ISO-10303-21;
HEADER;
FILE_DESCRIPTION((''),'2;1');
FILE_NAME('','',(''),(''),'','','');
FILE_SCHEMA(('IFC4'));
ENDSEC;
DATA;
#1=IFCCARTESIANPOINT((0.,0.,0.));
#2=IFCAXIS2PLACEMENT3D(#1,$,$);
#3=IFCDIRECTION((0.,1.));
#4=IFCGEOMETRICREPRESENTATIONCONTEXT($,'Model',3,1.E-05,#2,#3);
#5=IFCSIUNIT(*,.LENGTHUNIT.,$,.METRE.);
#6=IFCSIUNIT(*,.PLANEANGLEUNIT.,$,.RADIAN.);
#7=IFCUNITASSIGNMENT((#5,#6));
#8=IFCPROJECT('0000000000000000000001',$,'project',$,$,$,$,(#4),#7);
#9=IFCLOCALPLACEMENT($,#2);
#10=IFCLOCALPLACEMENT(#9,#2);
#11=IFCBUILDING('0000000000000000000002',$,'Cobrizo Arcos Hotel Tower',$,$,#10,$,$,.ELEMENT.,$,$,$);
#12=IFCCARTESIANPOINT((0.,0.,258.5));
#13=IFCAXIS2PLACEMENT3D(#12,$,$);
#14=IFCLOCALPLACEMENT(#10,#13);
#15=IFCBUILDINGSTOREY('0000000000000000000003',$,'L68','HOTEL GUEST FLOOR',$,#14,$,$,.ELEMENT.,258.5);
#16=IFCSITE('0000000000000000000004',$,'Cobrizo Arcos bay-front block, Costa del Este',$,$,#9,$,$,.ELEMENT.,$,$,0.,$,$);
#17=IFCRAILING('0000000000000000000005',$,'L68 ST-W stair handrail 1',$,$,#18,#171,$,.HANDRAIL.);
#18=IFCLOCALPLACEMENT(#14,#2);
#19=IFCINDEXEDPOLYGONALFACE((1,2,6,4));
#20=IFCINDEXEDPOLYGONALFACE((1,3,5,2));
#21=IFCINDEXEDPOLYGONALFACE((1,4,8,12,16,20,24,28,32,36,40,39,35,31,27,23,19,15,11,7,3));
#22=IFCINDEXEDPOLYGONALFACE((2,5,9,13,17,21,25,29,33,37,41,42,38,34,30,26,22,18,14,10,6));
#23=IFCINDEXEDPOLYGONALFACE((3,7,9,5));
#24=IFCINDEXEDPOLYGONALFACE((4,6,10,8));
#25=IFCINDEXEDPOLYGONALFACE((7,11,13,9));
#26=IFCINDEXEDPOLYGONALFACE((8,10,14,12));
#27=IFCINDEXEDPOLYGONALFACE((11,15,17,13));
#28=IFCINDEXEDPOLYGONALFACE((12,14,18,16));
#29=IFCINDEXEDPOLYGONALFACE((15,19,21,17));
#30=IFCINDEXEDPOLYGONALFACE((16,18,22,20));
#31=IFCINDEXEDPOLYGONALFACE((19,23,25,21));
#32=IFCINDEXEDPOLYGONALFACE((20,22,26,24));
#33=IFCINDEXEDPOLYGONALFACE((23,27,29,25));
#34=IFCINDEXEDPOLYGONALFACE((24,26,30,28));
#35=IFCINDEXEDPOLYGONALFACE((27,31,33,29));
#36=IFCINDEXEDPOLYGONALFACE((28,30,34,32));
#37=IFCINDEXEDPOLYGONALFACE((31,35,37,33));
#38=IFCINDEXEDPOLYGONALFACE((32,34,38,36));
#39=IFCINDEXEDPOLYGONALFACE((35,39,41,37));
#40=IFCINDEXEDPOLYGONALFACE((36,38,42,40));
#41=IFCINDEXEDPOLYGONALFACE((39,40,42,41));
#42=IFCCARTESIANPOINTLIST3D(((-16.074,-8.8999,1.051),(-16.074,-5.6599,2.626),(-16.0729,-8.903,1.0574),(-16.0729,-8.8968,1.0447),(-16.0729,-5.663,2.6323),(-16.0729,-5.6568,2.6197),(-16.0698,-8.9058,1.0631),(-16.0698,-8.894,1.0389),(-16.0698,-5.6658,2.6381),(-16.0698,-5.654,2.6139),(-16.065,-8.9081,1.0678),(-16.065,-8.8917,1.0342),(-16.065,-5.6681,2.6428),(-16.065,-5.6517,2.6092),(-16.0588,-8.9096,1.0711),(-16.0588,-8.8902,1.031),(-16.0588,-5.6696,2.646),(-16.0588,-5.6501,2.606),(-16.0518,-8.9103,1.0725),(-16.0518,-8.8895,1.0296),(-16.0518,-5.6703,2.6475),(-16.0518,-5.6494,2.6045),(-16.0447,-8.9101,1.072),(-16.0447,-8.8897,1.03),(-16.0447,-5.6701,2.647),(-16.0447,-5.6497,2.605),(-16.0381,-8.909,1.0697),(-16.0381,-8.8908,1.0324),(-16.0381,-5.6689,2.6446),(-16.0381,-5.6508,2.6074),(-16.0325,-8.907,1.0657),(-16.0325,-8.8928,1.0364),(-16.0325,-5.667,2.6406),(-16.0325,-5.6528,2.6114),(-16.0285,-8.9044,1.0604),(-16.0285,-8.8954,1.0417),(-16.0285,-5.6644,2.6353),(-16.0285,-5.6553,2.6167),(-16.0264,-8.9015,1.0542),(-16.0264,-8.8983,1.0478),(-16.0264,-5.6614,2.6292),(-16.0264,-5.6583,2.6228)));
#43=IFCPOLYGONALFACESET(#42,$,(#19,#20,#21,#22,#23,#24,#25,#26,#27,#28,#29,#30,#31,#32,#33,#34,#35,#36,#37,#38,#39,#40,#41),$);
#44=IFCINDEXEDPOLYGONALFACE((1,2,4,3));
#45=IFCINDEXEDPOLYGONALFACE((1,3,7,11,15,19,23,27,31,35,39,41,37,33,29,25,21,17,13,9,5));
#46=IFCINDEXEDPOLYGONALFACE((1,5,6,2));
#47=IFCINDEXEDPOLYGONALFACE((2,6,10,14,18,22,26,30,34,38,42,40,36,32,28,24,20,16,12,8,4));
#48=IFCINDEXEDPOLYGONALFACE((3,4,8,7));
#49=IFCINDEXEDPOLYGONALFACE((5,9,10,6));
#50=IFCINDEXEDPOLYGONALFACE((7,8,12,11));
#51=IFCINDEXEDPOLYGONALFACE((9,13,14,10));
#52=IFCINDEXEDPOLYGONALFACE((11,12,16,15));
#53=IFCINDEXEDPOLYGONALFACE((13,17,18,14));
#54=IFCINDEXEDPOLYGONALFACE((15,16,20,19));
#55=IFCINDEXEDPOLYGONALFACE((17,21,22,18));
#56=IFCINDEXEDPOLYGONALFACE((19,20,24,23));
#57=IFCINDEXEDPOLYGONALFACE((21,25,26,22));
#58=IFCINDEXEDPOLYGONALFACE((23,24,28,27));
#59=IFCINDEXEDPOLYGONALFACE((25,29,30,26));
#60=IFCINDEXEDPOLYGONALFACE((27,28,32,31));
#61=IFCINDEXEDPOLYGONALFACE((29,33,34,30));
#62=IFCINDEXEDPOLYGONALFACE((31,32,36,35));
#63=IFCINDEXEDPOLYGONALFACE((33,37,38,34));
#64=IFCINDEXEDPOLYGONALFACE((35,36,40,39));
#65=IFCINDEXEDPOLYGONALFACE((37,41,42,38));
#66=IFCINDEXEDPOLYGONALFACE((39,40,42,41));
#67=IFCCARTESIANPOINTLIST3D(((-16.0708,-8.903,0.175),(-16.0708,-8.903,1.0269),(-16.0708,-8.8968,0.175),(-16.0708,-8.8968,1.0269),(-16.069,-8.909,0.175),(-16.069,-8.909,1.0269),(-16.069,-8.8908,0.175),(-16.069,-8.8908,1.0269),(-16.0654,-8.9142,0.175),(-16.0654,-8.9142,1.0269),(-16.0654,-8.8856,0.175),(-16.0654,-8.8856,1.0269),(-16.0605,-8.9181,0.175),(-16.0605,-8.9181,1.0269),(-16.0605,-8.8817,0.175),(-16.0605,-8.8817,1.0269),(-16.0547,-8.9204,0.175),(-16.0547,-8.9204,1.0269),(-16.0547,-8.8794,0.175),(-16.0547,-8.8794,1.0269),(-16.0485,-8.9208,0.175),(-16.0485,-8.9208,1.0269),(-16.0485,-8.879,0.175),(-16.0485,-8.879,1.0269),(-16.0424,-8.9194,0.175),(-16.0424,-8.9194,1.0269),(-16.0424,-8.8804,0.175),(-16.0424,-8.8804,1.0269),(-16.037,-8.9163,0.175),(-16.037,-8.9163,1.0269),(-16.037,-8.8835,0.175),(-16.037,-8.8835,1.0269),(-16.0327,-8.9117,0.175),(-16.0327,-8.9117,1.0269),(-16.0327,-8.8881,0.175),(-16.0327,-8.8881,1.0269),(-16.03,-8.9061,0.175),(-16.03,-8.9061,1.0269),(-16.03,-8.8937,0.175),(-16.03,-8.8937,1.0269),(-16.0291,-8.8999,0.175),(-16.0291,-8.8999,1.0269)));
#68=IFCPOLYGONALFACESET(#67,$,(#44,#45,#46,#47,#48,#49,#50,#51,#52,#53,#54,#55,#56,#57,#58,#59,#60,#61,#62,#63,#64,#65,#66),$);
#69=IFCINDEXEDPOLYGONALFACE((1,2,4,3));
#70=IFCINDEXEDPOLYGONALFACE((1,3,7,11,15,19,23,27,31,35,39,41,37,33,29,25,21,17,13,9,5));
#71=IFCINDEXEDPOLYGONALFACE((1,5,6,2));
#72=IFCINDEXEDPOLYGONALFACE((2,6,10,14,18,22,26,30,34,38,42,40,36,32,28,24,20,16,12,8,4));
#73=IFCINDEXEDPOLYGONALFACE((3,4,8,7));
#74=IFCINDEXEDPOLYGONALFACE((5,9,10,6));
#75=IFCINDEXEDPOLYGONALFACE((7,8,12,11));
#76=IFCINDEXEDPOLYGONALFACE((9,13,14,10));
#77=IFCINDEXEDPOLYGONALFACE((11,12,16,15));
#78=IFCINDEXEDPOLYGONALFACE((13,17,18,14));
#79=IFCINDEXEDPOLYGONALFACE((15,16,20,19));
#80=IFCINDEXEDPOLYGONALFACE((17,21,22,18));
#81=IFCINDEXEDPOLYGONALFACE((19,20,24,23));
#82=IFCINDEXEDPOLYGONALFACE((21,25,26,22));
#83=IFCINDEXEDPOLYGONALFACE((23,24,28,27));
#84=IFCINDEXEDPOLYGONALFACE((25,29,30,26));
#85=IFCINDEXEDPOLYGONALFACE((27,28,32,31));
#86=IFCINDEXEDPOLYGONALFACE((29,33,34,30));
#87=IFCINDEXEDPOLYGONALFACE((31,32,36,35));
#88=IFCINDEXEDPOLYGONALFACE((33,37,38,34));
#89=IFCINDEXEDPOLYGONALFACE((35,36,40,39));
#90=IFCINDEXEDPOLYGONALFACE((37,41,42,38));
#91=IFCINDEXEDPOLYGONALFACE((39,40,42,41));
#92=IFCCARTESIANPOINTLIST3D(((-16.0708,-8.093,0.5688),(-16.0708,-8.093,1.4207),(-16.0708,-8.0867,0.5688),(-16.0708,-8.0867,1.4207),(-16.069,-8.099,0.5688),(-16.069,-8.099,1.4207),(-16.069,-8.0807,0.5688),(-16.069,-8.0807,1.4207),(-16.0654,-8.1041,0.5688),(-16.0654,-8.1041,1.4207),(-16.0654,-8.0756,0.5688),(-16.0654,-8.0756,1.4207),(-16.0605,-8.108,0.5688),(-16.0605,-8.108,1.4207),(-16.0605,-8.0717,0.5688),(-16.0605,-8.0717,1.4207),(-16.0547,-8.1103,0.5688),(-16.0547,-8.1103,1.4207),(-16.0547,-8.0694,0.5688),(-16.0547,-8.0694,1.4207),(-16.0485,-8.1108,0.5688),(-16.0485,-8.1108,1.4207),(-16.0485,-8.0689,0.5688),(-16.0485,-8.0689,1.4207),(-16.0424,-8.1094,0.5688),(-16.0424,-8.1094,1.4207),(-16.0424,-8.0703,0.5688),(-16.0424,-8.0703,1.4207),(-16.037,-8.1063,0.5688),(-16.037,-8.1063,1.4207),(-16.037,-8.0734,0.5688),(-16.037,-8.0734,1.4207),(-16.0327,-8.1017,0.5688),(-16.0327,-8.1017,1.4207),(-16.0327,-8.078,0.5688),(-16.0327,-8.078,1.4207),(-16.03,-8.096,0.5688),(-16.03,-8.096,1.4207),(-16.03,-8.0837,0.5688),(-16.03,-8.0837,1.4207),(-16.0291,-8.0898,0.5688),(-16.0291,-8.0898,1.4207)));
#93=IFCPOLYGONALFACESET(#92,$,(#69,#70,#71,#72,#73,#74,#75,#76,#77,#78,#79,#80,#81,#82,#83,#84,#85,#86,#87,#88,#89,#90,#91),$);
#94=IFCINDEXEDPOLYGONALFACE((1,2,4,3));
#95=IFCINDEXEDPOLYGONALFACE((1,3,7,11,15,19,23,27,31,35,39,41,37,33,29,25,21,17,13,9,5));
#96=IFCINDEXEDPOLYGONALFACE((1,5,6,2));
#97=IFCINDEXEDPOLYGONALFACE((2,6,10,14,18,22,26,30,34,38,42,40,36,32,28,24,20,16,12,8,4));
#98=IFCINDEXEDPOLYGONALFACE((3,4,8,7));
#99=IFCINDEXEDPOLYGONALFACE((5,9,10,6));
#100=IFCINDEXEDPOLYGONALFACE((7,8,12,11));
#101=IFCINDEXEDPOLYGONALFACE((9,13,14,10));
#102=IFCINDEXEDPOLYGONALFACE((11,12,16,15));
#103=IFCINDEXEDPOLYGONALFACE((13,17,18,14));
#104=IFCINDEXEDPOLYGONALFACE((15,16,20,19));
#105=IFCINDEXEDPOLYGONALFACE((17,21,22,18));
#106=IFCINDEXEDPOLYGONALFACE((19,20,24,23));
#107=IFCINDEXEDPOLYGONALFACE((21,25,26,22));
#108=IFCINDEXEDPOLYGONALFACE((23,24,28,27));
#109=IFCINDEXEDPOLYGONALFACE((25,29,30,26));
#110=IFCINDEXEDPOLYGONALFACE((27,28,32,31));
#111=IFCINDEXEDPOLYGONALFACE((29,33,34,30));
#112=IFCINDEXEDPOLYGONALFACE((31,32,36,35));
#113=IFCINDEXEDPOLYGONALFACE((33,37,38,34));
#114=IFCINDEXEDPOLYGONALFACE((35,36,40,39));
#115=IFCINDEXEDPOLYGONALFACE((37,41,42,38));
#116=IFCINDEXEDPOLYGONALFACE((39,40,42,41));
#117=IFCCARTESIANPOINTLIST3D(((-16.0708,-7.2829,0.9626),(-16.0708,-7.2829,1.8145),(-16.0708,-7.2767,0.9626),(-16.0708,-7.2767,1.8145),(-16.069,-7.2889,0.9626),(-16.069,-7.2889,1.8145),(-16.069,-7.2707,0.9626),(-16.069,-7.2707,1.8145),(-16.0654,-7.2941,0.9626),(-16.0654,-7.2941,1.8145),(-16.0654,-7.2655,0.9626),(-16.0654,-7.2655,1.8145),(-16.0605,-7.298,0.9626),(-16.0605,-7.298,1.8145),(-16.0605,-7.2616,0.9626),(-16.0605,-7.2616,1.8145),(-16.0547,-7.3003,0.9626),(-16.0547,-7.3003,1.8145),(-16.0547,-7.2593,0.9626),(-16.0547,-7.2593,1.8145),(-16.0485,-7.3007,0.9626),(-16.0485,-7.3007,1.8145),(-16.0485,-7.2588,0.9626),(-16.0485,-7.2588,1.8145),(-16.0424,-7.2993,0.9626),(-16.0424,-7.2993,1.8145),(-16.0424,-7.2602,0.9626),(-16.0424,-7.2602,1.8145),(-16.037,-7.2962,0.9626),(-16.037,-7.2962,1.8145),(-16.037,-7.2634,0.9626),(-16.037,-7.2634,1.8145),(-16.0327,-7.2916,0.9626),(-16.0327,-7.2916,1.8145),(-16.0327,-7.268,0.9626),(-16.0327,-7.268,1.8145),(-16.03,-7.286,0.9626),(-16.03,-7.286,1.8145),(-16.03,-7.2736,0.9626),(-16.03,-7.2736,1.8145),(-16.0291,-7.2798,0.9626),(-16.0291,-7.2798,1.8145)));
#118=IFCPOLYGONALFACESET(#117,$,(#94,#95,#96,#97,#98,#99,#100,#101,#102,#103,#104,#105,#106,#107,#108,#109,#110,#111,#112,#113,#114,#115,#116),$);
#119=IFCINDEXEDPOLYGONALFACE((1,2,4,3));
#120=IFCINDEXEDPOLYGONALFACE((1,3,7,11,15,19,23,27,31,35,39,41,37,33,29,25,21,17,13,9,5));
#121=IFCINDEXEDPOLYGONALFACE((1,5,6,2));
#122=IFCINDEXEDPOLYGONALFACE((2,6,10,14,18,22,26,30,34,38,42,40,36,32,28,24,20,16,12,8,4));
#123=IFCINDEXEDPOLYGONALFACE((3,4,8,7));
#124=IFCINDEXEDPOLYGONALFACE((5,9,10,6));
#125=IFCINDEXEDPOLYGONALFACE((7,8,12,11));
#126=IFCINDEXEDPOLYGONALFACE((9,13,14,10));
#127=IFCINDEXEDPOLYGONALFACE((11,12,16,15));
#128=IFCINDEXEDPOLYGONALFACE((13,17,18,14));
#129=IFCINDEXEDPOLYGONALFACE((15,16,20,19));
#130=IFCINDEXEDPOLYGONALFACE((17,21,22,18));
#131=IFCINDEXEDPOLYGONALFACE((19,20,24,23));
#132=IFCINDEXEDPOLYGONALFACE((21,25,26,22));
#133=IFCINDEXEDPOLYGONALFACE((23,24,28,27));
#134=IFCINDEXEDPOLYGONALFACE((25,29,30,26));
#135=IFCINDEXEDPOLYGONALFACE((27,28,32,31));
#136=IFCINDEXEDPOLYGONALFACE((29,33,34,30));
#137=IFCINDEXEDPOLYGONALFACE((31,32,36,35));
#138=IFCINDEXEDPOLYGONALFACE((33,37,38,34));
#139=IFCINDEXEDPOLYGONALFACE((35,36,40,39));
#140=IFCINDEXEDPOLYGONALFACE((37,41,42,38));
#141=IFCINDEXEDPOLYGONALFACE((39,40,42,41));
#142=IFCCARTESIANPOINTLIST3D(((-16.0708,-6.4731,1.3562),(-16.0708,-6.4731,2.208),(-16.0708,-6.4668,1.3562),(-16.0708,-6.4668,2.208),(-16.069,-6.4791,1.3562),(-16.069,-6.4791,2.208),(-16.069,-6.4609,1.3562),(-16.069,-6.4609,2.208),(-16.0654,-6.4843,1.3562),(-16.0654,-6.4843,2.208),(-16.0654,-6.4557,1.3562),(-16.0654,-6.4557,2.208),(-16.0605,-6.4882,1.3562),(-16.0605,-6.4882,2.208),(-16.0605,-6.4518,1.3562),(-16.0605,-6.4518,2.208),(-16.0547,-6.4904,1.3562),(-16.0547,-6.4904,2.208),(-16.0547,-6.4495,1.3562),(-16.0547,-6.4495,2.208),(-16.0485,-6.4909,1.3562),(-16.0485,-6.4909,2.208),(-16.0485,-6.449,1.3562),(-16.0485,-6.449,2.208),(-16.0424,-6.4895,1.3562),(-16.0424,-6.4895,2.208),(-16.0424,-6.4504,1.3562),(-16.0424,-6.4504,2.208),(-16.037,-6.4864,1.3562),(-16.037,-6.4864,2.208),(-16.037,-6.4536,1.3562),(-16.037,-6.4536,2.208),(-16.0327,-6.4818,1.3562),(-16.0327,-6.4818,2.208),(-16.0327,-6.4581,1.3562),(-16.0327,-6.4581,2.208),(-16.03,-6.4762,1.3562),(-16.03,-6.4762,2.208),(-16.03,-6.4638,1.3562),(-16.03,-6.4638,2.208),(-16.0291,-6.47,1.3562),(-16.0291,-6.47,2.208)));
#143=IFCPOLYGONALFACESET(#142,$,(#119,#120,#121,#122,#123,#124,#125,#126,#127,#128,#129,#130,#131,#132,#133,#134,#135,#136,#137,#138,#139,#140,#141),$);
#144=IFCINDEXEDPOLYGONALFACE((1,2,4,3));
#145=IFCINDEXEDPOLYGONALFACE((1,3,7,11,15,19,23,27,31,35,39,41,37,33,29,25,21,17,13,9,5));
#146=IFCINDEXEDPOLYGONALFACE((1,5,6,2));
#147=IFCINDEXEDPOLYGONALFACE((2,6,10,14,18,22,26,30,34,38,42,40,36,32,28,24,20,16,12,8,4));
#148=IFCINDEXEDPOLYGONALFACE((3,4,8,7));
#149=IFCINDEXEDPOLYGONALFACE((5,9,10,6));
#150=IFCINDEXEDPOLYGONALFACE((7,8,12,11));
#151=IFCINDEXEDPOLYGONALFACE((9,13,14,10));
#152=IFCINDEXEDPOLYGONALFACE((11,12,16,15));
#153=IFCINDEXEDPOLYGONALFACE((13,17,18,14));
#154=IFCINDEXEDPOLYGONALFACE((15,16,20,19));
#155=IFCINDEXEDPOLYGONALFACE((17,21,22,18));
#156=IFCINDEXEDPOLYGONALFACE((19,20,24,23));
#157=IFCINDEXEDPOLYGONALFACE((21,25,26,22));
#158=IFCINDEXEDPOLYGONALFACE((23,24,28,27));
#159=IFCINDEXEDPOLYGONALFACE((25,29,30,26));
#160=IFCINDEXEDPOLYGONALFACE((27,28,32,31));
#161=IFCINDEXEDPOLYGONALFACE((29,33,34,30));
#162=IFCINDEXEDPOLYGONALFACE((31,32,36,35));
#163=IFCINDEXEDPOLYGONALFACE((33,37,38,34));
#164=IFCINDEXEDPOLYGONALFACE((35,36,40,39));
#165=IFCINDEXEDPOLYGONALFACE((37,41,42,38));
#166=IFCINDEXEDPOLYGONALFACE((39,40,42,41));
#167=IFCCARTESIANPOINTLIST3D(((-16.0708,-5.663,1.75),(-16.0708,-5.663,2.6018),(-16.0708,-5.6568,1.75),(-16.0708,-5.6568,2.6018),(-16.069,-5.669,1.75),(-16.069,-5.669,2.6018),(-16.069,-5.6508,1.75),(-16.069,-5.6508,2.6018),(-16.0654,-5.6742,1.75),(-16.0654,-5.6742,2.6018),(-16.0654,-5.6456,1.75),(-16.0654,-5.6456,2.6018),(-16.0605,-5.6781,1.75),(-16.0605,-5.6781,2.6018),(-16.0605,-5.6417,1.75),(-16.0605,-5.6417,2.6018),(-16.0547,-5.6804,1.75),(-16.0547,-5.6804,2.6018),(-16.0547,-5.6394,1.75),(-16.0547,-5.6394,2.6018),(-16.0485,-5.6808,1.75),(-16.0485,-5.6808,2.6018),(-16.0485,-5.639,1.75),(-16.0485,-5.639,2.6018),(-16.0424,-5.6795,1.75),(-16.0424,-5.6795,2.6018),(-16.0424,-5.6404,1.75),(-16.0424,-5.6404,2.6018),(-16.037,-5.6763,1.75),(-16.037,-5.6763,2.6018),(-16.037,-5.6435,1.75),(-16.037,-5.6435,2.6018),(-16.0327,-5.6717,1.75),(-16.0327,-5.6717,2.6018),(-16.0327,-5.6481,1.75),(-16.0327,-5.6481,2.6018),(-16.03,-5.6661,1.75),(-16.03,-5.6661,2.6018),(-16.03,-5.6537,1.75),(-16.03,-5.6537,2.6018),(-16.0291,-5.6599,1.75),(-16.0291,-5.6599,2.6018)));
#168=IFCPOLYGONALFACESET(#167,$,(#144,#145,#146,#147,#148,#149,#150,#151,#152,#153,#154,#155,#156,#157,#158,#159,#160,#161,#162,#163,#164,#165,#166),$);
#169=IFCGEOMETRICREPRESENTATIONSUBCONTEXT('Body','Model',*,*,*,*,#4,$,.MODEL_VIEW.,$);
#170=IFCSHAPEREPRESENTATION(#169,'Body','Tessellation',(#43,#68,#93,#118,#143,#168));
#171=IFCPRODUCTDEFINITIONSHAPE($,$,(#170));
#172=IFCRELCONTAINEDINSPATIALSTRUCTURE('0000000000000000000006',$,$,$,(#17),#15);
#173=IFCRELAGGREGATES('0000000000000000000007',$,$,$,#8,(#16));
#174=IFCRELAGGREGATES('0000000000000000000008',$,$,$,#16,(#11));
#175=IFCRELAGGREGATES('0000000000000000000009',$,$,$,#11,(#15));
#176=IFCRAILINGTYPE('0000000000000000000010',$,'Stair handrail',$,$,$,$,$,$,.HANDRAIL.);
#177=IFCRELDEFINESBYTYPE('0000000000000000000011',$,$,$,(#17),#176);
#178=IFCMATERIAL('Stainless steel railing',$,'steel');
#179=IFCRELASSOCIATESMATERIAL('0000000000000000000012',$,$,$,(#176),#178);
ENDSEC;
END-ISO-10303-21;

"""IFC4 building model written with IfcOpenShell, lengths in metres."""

from ifc_helpers import new_model, si_unit, direction, frame, origin, origin_2d, place, context, subcontext, project, spatial, circle, extrude, material, type_object, element, save


model = new_model("IFC4")

# Units and contexts
model_context = context("Model", 3, precision=1e-05, world=origin(), true_north=direction((0.0, 1.0)))
body_context = subcontext(model_context, "Body", "Model", "MODEL_VIEW")
ifc_project = project(units=[si_unit("LENGTHUNIT", "METRE"), si_unit("PLANEANGLEUNIT", "RADIAN")], contexts=[model_context])

# Site, building, storey
site_placement = place(None, origin())
site = spatial("IfcSite", under=ifc_project, at=site_placement, Name="Cobrizo Arcos bay-front block, Costa del Este", CompositionType="ELEMENT", RefElevation=0.0)
building_placement = place(site_placement, origin())
building = spatial("IfcBuilding", under=site, at=building_placement, Name="Cobrizo Arcos Hotel Tower", CompositionType="ELEMENT")
storey_placement = place(building_placement, frame((0.0, 0.0, 258.5)))
storey = spatial("IfcBuildingStorey", under=building, at=storey_placement, Name="L68", Description="HOTEL GUEST FLOOR", CompositionType="ELEMENT", Elevation=258.5)

# Railing
ifc_material_1 = material(Name="Stainless steel railing", Category="steel")
railing_type_1 = type_object("IfcRailingType", Name="Stair handrail", PredefinedType="HANDRAIL", material=ifc_material_1)
railing_1_placement = place(storey_placement, frame((-16.05, -8.8999, 0.175)))
element("IfcRailing", 1, at=railing_1_placement, inside=storey, type_object=railing_type_1, Name="L68 ST-W stair handrail 1", PredefinedType="HANDRAIL", context=body_context, shape_type="SweptSolid", body=[
    extrude(circle(Radius=0.0239, at=origin_2d()), frame((0.0, 0.0, 0.876), z_axis=(0.0, 0.899373, 0.437183), x_axis=(-1.0, 0.0, 0.0)), (0.0, 0.0, 1.0), 3.6025),
    extrude(circle(Radius=0.021, at=origin_2d()), origin(), (0.0, 0.0, 1.0), 0.8518),
    extrude(circle(Radius=0.021, at=origin_2d()), frame((0.0, 0.8101, 0.3938)), (0.0, 0.0, 1.0), 0.8518),
    extrude(circle(Radius=0.021, at=origin_2d()), frame((0.0, 1.6201, 0.7876)), (0.0, 0.0, 1.0), 0.8518),
    extrude(circle(Radius=0.021, at=origin_2d()), frame((0.0, 2.4299, 1.1812)), (0.0, 0.0, 1.0), 0.8518),
    extrude(circle(Radius=0.021, at=origin_2d()), frame((0.0, 3.24, 1.575)), (0.0, 0.0, 1.0), 0.8518),
])

save(model, "model.ifc")
